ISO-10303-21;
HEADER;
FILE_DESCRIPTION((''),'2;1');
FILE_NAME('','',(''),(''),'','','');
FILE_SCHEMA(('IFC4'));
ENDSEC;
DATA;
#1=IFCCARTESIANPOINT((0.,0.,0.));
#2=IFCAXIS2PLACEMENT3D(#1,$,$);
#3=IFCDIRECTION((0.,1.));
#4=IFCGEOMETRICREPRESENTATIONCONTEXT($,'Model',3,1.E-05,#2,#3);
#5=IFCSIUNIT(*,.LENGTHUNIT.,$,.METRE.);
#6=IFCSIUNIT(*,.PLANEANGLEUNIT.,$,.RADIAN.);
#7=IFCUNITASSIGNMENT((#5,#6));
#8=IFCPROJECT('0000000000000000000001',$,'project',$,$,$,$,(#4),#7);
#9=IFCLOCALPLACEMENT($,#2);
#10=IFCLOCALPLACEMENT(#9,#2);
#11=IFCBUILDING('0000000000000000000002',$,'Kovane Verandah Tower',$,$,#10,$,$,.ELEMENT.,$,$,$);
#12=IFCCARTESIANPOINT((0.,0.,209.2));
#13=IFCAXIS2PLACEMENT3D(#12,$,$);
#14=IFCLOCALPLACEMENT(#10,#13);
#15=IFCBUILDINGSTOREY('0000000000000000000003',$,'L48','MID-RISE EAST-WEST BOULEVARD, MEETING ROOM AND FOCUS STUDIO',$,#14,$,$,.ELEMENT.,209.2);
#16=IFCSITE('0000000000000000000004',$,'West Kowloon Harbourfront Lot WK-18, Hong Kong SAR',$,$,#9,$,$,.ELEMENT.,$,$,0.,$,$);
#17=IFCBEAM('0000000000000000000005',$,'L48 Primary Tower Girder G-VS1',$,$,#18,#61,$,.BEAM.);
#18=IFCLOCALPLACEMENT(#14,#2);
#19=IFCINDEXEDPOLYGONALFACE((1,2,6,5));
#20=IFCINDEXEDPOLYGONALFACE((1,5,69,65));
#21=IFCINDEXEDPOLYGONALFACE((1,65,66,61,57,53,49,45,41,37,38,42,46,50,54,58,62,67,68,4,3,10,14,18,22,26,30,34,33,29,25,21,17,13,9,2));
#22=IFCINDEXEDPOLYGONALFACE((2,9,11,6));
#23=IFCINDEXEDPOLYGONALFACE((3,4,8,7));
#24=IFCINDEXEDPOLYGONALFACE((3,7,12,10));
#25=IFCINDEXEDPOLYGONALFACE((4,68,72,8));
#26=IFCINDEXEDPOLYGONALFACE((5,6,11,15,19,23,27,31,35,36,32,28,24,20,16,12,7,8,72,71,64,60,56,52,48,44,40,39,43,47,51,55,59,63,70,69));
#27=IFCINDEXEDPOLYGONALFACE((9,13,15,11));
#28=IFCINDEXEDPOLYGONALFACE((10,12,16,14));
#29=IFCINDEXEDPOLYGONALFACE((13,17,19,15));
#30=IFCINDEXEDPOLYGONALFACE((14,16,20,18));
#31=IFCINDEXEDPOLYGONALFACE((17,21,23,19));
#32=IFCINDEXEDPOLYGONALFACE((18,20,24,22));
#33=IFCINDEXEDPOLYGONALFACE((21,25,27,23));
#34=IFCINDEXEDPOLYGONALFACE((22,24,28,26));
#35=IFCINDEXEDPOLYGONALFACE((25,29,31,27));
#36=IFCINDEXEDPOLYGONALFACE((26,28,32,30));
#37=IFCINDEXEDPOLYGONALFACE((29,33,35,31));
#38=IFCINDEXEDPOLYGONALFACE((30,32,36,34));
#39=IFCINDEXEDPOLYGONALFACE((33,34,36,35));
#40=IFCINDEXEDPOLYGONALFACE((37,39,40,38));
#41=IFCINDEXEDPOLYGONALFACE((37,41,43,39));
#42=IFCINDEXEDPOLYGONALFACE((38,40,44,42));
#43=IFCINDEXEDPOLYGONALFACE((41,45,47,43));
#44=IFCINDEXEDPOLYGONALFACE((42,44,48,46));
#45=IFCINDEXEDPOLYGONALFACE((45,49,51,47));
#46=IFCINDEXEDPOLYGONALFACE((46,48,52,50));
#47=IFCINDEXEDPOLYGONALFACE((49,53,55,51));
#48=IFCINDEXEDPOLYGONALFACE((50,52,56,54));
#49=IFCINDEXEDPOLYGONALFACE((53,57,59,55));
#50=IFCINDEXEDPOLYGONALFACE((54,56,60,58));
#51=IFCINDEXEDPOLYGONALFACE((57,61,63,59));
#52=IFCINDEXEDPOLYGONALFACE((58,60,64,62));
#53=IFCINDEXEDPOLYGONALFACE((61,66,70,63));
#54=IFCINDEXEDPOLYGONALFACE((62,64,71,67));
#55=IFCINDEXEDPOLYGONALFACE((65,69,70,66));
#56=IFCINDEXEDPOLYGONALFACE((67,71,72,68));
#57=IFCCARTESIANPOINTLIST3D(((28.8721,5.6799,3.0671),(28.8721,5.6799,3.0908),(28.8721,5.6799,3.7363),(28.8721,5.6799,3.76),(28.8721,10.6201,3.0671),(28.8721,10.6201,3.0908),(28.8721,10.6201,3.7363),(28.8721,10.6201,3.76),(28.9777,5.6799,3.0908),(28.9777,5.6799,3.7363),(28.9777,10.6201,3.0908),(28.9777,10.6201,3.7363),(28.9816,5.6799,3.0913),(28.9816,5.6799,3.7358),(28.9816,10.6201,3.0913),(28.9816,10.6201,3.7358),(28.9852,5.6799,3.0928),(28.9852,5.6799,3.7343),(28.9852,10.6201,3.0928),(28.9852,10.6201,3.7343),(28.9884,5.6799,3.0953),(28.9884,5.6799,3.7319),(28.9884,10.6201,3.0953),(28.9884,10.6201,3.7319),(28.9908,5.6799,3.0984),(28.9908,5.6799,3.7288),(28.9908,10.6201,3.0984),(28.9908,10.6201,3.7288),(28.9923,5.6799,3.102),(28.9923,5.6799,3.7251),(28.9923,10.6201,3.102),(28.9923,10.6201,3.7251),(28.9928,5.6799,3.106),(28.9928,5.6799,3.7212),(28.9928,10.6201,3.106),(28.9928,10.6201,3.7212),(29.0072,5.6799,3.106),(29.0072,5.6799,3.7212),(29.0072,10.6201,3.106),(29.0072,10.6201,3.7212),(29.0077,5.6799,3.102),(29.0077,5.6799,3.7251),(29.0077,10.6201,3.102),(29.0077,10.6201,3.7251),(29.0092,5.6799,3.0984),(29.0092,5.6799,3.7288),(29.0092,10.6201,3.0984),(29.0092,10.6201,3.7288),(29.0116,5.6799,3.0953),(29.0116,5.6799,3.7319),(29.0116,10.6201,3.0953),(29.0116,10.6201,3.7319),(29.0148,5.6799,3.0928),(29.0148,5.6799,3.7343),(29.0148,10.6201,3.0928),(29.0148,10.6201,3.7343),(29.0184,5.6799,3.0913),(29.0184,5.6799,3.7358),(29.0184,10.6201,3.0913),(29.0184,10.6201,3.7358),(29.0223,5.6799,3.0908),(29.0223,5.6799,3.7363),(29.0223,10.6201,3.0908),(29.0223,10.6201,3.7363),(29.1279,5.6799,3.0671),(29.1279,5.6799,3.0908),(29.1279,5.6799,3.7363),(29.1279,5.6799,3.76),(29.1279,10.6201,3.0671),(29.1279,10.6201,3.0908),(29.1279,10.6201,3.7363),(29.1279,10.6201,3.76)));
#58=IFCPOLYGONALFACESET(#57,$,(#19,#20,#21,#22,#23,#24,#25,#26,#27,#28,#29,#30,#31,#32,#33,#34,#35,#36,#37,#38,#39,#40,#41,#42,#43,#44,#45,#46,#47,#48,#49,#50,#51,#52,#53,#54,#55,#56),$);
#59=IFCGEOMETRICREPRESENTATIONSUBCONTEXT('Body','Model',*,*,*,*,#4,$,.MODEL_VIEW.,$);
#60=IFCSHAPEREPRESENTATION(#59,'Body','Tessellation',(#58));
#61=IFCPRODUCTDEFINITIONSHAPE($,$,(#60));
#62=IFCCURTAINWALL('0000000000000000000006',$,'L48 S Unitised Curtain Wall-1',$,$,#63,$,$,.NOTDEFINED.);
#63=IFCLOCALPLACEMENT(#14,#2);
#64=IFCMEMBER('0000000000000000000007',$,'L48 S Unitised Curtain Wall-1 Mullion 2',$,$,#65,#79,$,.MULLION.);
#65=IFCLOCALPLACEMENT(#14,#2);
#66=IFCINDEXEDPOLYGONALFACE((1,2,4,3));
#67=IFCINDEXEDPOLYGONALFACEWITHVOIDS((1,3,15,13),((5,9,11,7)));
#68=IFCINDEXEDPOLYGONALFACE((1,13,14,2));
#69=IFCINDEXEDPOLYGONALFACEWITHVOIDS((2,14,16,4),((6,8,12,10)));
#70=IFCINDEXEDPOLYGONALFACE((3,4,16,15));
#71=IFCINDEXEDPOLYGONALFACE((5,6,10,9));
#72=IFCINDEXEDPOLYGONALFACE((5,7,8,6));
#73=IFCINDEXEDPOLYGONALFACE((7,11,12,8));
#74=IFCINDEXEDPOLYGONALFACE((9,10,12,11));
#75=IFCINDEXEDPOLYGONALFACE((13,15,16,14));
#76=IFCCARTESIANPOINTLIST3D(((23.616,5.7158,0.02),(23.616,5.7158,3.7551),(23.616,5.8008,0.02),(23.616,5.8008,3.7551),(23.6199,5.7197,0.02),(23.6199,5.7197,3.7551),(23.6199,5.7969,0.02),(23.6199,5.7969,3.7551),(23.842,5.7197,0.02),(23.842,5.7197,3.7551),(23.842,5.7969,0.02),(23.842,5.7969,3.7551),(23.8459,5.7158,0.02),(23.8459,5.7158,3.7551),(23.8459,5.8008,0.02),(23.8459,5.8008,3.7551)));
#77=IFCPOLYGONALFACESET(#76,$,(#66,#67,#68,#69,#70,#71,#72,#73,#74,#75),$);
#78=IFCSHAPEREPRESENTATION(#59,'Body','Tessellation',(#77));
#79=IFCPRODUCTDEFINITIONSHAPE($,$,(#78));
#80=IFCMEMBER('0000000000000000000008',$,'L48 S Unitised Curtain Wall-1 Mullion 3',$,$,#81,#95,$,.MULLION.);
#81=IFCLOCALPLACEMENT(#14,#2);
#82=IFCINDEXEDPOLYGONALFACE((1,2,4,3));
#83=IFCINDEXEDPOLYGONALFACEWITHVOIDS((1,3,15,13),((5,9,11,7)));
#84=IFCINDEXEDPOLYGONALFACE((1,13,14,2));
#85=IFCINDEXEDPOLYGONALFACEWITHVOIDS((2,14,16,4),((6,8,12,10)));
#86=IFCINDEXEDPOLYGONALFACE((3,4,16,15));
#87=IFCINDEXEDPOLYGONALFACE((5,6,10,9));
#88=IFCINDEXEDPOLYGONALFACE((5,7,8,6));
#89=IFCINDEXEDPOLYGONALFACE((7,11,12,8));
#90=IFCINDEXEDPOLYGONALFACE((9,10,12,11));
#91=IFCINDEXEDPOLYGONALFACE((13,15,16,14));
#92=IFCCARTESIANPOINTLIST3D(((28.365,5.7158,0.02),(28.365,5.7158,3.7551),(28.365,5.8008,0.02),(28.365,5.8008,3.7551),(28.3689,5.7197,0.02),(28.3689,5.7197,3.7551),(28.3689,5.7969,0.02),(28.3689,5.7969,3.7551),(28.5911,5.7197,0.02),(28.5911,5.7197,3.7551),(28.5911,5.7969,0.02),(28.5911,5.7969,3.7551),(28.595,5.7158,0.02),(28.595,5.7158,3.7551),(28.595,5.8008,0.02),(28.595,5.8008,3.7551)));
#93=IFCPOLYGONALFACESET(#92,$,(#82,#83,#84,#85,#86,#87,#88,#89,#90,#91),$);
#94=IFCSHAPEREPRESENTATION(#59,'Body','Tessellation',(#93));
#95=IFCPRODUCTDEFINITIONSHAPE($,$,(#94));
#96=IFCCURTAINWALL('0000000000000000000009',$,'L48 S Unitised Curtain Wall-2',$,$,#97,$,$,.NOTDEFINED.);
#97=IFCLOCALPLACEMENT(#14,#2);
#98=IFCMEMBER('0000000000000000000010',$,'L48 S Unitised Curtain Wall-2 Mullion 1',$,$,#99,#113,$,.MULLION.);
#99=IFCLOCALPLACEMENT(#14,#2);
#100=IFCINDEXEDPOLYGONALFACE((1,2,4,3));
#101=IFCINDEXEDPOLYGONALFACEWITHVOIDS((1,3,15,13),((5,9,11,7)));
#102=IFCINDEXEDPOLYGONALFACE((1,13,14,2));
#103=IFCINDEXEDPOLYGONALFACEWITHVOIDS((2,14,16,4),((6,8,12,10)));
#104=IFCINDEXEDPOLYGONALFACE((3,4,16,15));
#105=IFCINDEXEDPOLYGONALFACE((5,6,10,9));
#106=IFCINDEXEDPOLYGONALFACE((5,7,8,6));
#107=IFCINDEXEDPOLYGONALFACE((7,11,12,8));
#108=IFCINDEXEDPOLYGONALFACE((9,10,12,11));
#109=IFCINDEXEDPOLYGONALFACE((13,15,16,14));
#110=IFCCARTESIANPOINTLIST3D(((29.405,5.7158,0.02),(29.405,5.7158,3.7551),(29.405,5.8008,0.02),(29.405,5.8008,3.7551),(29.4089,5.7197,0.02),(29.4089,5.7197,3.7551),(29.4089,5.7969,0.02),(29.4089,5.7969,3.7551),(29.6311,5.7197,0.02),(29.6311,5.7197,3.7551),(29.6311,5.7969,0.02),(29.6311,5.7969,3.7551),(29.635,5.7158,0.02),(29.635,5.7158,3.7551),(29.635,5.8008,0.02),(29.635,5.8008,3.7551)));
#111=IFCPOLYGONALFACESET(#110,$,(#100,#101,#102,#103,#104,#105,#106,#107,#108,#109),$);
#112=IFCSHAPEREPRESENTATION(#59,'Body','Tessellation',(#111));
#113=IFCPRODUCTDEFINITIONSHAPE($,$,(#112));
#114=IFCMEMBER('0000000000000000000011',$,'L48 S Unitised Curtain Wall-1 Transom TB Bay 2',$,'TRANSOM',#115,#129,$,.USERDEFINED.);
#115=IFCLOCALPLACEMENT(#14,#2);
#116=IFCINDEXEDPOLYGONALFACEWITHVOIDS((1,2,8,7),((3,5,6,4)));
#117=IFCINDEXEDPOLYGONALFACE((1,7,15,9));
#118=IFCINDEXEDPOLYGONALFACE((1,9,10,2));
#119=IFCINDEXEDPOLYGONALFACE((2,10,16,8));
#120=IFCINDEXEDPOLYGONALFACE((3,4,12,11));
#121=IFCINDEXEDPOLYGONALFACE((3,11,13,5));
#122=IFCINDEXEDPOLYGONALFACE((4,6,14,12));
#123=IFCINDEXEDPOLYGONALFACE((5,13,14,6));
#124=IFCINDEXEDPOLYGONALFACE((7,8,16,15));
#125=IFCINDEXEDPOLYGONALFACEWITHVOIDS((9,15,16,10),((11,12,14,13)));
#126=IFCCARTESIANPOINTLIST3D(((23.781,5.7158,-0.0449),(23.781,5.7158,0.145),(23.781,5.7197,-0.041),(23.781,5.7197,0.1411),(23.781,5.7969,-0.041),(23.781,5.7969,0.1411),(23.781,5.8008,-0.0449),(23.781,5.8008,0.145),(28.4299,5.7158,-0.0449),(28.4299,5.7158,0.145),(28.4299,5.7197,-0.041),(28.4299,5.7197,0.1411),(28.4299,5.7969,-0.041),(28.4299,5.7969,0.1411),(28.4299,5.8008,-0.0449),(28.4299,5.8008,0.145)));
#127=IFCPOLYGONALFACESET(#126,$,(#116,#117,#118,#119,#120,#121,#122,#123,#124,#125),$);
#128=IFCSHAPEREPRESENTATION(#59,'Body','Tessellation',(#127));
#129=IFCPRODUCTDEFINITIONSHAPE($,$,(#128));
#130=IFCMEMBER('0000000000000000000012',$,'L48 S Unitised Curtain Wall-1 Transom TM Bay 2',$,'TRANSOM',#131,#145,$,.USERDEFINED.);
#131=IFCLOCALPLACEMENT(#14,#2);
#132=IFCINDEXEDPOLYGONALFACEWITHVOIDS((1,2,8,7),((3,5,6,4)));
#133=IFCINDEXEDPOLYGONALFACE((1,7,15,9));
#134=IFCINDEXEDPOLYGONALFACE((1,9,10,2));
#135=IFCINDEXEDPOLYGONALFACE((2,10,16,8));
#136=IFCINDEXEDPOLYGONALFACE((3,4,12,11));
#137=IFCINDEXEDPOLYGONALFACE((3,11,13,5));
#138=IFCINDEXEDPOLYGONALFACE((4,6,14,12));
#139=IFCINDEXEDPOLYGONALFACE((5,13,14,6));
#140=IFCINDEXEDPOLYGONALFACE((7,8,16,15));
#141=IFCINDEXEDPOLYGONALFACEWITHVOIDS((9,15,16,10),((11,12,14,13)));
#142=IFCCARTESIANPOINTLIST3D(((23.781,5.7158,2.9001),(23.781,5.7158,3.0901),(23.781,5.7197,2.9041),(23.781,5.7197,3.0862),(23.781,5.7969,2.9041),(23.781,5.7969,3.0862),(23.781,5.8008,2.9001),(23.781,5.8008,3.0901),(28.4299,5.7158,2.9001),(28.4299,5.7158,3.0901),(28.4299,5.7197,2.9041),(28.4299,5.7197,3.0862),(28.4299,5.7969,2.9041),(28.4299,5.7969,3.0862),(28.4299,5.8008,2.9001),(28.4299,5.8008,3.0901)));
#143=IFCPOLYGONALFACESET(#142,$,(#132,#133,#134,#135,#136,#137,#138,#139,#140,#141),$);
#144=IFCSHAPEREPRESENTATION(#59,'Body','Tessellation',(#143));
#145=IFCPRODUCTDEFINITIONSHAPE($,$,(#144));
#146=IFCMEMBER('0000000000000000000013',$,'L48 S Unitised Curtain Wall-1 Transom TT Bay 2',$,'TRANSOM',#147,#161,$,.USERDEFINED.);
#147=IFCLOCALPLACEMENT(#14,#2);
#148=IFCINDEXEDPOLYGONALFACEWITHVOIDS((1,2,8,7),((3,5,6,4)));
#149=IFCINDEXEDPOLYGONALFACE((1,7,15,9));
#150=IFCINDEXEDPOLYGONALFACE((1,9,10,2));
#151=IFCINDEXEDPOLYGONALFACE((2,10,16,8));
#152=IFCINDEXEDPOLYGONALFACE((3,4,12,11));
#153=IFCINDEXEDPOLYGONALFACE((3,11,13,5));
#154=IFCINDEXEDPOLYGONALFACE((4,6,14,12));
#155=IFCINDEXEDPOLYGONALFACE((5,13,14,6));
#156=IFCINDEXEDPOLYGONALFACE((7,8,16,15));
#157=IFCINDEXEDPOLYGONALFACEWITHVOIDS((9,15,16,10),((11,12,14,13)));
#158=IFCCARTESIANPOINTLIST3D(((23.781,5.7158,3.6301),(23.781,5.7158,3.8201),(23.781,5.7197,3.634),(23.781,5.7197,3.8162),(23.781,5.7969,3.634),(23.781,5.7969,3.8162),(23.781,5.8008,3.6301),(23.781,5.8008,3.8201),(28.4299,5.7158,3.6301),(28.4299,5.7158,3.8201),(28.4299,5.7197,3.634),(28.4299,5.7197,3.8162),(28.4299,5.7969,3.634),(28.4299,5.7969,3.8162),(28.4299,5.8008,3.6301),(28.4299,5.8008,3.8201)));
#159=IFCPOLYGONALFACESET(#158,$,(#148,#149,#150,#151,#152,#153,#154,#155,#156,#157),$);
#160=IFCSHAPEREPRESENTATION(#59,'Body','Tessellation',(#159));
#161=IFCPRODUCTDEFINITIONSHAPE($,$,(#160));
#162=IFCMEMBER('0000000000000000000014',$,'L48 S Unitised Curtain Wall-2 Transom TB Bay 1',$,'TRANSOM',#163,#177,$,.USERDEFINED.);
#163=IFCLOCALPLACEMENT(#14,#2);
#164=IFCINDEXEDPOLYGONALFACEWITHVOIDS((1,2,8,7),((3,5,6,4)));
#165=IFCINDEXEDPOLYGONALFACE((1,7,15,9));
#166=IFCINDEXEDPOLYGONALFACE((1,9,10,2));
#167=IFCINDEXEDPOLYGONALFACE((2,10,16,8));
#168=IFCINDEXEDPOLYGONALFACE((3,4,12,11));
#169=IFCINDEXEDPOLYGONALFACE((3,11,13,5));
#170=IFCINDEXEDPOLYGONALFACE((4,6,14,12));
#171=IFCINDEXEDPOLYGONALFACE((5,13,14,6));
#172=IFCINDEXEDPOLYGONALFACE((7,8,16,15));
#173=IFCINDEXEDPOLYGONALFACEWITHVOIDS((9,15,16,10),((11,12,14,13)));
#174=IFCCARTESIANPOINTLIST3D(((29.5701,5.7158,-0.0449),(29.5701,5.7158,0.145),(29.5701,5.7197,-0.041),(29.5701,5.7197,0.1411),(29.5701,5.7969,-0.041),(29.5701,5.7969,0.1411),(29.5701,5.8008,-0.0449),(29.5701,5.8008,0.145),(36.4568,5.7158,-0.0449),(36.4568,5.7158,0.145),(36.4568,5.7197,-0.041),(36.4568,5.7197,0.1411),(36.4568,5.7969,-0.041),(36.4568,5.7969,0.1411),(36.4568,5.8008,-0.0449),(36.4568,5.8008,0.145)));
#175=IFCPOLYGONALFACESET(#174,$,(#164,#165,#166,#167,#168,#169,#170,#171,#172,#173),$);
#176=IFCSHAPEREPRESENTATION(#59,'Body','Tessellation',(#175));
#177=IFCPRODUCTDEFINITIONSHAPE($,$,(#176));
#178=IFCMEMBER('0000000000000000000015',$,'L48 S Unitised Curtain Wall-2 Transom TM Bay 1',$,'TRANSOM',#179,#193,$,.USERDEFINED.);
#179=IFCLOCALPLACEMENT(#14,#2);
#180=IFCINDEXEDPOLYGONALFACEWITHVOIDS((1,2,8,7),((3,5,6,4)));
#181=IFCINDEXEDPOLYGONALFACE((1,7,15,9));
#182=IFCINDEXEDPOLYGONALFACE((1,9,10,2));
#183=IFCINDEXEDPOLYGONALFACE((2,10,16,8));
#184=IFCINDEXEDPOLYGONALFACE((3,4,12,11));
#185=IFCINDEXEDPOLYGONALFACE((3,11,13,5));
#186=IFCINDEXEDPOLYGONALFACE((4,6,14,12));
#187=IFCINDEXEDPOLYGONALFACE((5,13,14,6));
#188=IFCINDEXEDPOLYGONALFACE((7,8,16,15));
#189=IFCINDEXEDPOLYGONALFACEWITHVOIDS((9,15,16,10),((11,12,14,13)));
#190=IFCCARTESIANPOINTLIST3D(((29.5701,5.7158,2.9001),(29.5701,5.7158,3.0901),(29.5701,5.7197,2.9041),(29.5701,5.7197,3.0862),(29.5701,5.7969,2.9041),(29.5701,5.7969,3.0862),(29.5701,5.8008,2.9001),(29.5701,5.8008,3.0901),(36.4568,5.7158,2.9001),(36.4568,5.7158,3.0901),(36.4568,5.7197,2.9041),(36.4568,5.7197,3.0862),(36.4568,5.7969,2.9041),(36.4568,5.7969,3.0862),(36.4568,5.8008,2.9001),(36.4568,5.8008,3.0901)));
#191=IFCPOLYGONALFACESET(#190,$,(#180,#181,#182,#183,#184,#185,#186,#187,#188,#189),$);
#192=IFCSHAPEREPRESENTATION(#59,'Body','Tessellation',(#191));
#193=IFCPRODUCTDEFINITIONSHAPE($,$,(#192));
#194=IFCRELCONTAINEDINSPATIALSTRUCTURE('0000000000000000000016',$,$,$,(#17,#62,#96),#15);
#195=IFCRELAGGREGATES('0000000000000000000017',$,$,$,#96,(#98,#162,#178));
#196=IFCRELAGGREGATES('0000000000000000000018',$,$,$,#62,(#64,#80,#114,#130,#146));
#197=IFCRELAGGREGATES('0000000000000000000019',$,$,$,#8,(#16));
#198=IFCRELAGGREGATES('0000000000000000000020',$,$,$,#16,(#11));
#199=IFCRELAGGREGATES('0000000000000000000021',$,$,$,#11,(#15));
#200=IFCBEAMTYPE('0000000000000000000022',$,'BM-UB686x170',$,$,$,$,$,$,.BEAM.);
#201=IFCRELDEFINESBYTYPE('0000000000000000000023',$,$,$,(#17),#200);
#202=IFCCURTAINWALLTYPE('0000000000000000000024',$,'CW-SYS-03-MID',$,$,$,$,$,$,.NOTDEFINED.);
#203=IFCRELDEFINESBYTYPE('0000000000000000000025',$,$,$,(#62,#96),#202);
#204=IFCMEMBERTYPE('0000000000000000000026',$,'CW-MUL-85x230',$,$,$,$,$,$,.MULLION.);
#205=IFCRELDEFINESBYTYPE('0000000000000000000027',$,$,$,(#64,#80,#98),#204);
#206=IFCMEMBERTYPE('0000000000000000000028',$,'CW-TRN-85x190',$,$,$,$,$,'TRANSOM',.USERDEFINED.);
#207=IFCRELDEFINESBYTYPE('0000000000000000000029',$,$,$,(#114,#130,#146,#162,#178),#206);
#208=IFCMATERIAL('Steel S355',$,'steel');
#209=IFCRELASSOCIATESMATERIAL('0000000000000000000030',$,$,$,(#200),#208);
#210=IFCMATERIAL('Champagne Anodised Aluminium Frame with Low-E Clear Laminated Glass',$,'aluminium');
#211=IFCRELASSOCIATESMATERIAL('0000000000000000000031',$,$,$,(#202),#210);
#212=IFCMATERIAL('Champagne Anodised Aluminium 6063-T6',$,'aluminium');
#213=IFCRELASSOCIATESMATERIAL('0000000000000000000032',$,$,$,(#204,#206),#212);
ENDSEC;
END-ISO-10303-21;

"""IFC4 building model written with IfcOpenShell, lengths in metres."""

from ifc_helpers import new_model, si_unit, direction, frame, origin, origin_2d, place, context, subcontext, project, spatial, hollow_rectangle, i_section, extrude, material, material_profile, profile_set, type_object, element, aggregate, save


model = new_model("IFC4")

# Units and contexts
model_context = context("Model", 3, precision=1e-05, world=origin(), true_north=direction((0.0, 1.0)))
body_context = subcontext(model_context, "Body", "Model", "MODEL_VIEW")
ifc_project = project(units=[si_unit("LENGTHUNIT", "METRE"), si_unit("PLANEANGLEUNIT", "RADIAN")], contexts=[model_context])

# Site, building, storey
site_placement = place(None, origin())
site = spatial("IfcSite", under=ifc_project, at=site_placement, Name="West Kowloon Harbourfront Lot WK-18, Hong Kong SAR", CompositionType="ELEMENT", RefElevation=0.0)
building_placement = place(site_placement, origin())
building = spatial("IfcBuilding", under=site, at=building_placement, Name="Kovane Verandah Tower", CompositionType="ELEMENT")
storey_placement = place(building_placement, frame((0.0, 0.0, 209.2)))
storey = spatial("IfcBuildingStorey", under=building, at=storey_placement, Name="L48", Description="MID-RISE EAST-WEST BOULEVARD, MEETING ROOM AND FOCUS STUDIO", CompositionType="ELEMENT", Elevation=209.2)

# Beam
ifc_material_1 = material(Name="Steel S355", Category="steel")
ifc_material_profile_1 = material_profile(ifc_material_1, i_section(OverallWidth=0.2559, OverallDepth=0.6929, WebThickness=0.0144, FlangeThickness=0.0237, FilletRadius=0.0151, at=origin_2d()), Name="UB686x254x170")
ifc_profile_set_1 = profile_set([ifc_material_profile_1], Name="Steel S355")
beam_type_1 = type_object("IfcBeamType", Name="BM-UB686x170", PredefinedType="BEAM", material=ifc_profile_set_1)
beam_1_placement = place(storey_placement, frame((29.0, 10.6201, 3.4136), z_axis=(0.0, -1.0, 0.0), x_axis=(1.0, 0.0, 0.0)))
element("IfcBeam", 1, at=beam_1_placement, inside=storey, type_object=beam_type_1, Name="L48 Primary Tower Girder G-VS1", PredefinedType="BEAM", context=body_context, shape_type="SweptSolid", body=[
    extrude(i_section(OverallWidth=0.2559, OverallDepth=0.6929, WebThickness=0.0144, FlangeThickness=0.0237, FilletRadius=0.0151, at=origin_2d()), origin(), (0.0, 0.0, 1.0), 4.9402),
])

# Curtain wall, members
ifc_material_2 = material(Name="Champagne Anodised Aluminium Frame with Low-E Clear Laminated Glass", Category="aluminium")
curtain_wall_type = type_object("IfcCurtainWallType", Name="CW-SYS-03-MID", PredefinedType="NOTDEFINED", material=ifc_material_2)
curtain_wall_1_placement = place(storey_placement, origin())
curtain_wall_1 = element("IfcCurtainWall", 2, at=curtain_wall_1_placement, inside=storey, type_object=curtain_wall_type, Name="L48 S Unitised Curtain Wall-1", PredefinedType="NOTDEFINED")
ifc_material_3 = material(Name="Champagne Anodised Aluminium 6063-T6", Category="aluminium")
ifc_material_profile_2 = material_profile(ifc_material_3, hollow_rectangle(XDim=0.085, YDim=0.23, WallThickness=0.0039, at=origin_2d()), Name="AL85x230x4")
ifc_profile_set_2 = profile_set([ifc_material_profile_2], Name="Champagne Anodised Aluminium 6063-T6")
member_type_1 = type_object("IfcMemberType", Name="CW-MUL-85x230", PredefinedType="MULLION", material=ifc_profile_set_2)
member_1_placement = place(storey_placement, frame((23.731, 5.7583, 0.02), z_axis=(0.0, 0.0, 1.0), x_axis=(0.0, -1.0, 0.0)))
member_1 = element("IfcMember", 3, at=member_1_placement, type_object=member_type_1, Name="L48 S Unitised Curtain Wall-1 Mullion 2", PredefinedType="MULLION", context=body_context, shape_type="SweptSolid", body=[
    extrude(hollow_rectangle(XDim=0.085, YDim=0.23, WallThickness=0.0039, at=origin_2d()), origin(), (0.0, 0.0, 1.0), 3.7351),
])
member_2_placement = place(storey_placement, frame((28.48, 5.7583, 0.02), z_axis=(0.0, 0.0, 1.0), x_axis=(0.0, -1.0, 0.0)))
member_2 = element("IfcMember", 4, at=member_2_placement, type_object=member_type_1, Name="L48 S Unitised Curtain Wall-1 Mullion 3", PredefinedType="MULLION", context=body_context, shape_type="SweptSolid", body=[
    extrude(hollow_rectangle(XDim=0.085, YDim=0.23, WallThickness=0.0039, at=origin_2d()), origin(), (0.0, 0.0, 1.0), 3.7351),
])

# Curtain wall, member
curtain_wall_2_placement = place(storey_placement, origin())
curtain_wall_2 = element("IfcCurtainWall", 5, at=curtain_wall_2_placement, inside=storey, type_object=curtain_wall_type, Name="L48 S Unitised Curtain Wall-2", PredefinedType="NOTDEFINED")
member_3_placement = place(storey_placement, frame((29.52, 5.7583, 0.02), z_axis=(0.0, 0.0, 1.0), x_axis=(0.0, -1.0, 0.0)))
member_3 = element("IfcMember", 6, at=member_3_placement, type_object=member_type_1, Name="L48 S Unitised Curtain Wall-2 Mullion 1", PredefinedType="MULLION", context=body_context, shape_type="SweptSolid", body=[
    extrude(hollow_rectangle(XDim=0.085, YDim=0.23, WallThickness=0.0039, at=origin_2d()), origin(), (0.0, 0.0, 1.0), 3.7351),
])

# Members
ifc_material_profile_3 = material_profile(ifc_material_3, hollow_rectangle(XDim=0.085, YDim=0.1899, WallThickness=0.0039, at=origin_2d()), Name="AL85x190x4")
ifc_profile_set_3 = profile_set([ifc_material_profile_3], Name="Champagne Anodised Aluminium 6063-T6")
member_type_2 = type_object("IfcMemberType", Name="CW-TRN-85x190", ElementType="TRANSOM", PredefinedType="USERDEFINED", material=ifc_profile_set_3)
member_4_placement = place(storey_placement, frame((23.781, 5.7583, 0.05), z_axis=(1.0, 0.0, 0.0), x_axis=(0.0, 1.0, 0.0)))
member_4 = element("IfcMember", 7, at=member_4_placement, type_object=member_type_2, Name="L48 S Unitised Curtain Wall-1 Transom TB Bay 2", ObjectType="TRANSOM", PredefinedType="USERDEFINED", context=body_context, shape_type="SweptSolid", body=[
    extrude(hollow_rectangle(XDim=0.085, YDim=0.1899, WallThickness=0.0039, at=origin_2d()), origin(), (0.0, 0.0, 1.0), 4.6489),
])
member_5_placement = place(storey_placement, frame((23.781, 5.7583, 2.9951), z_axis=(1.0, 0.0, 0.0), x_axis=(0.0, 1.0, 0.0)))
member_5 = element("IfcMember", 8, at=member_5_placement, type_object=member_type_2, Name="L48 S Unitised Curtain Wall-1 Transom TM Bay 2", ObjectType="TRANSOM", PredefinedType="USERDEFINED", context=body_context, shape_type="SweptSolid", body=[
    extrude(hollow_rectangle(XDim=0.085, YDim=0.1899, WallThickness=0.0039, at=origin_2d()), origin(), (0.0, 0.0, 1.0), 4.6489),
])
member_6_placement = place(storey_placement, frame((23.781, 5.7583, 3.7251), z_axis=(1.0, 0.0, 0.0), x_axis=(0.0, 1.0, 0.0)))
member_6 = element("IfcMember", 9, at=member_6_placement, type_object=member_type_2, Name="L48 S Unitised Curtain Wall-1 Transom TT Bay 2", ObjectType="TRANSOM", PredefinedType="USERDEFINED", context=body_context, shape_type="SweptSolid", body=[
    extrude(hollow_rectangle(XDim=0.085, YDim=0.1899, WallThickness=0.0039, at=origin_2d()), origin(), (0.0, 0.0, 1.0), 4.6489),
])
member_7_placement = place(storey_placement, frame((29.5701, 5.7583, 0.05), z_axis=(1.0, 0.0, 0.0), x_axis=(0.0, 1.0, 0.0)))
member_7 = element("IfcMember", 10, at=member_7_placement, type_object=member_type_2, Name="L48 S Unitised Curtain Wall-2 Transom TB Bay 1", ObjectType="TRANSOM", PredefinedType="USERDEFINED", context=body_context, shape_type="SweptSolid", body=[
    extrude(hollow_rectangle(XDim=0.085, YDim=0.1899, WallThickness=0.0039, at=origin_2d()), origin(), (0.0, 0.0, 1.0), 6.8867),
])
member_8_placement = place(storey_placement, frame((29.5701, 5.7583, 2.9951), z_axis=(1.0, 0.0, 0.0), x_axis=(0.0, 1.0, 0.0)))
member_8 = element("IfcMember", 11, at=member_8_placement, type_object=member_type_2, Name="L48 S Unitised Curtain Wall-2 Transom TM Bay 1", ObjectType="TRANSOM", PredefinedType="USERDEFINED", context=body_context, shape_type="SweptSolid", body=[
    extrude(hollow_rectangle(XDim=0.085, YDim=0.1899, WallThickness=0.0039, at=origin_2d()), origin(), (0.0, 0.0, 1.0), 6.8867),
])
aggregate(curtain_wall_2, [member_3, member_7, member_8])

aggregate(curtain_wall_1, [member_1, member_2, member_4, member_5, member_6])

save(model, "model.ifc")
